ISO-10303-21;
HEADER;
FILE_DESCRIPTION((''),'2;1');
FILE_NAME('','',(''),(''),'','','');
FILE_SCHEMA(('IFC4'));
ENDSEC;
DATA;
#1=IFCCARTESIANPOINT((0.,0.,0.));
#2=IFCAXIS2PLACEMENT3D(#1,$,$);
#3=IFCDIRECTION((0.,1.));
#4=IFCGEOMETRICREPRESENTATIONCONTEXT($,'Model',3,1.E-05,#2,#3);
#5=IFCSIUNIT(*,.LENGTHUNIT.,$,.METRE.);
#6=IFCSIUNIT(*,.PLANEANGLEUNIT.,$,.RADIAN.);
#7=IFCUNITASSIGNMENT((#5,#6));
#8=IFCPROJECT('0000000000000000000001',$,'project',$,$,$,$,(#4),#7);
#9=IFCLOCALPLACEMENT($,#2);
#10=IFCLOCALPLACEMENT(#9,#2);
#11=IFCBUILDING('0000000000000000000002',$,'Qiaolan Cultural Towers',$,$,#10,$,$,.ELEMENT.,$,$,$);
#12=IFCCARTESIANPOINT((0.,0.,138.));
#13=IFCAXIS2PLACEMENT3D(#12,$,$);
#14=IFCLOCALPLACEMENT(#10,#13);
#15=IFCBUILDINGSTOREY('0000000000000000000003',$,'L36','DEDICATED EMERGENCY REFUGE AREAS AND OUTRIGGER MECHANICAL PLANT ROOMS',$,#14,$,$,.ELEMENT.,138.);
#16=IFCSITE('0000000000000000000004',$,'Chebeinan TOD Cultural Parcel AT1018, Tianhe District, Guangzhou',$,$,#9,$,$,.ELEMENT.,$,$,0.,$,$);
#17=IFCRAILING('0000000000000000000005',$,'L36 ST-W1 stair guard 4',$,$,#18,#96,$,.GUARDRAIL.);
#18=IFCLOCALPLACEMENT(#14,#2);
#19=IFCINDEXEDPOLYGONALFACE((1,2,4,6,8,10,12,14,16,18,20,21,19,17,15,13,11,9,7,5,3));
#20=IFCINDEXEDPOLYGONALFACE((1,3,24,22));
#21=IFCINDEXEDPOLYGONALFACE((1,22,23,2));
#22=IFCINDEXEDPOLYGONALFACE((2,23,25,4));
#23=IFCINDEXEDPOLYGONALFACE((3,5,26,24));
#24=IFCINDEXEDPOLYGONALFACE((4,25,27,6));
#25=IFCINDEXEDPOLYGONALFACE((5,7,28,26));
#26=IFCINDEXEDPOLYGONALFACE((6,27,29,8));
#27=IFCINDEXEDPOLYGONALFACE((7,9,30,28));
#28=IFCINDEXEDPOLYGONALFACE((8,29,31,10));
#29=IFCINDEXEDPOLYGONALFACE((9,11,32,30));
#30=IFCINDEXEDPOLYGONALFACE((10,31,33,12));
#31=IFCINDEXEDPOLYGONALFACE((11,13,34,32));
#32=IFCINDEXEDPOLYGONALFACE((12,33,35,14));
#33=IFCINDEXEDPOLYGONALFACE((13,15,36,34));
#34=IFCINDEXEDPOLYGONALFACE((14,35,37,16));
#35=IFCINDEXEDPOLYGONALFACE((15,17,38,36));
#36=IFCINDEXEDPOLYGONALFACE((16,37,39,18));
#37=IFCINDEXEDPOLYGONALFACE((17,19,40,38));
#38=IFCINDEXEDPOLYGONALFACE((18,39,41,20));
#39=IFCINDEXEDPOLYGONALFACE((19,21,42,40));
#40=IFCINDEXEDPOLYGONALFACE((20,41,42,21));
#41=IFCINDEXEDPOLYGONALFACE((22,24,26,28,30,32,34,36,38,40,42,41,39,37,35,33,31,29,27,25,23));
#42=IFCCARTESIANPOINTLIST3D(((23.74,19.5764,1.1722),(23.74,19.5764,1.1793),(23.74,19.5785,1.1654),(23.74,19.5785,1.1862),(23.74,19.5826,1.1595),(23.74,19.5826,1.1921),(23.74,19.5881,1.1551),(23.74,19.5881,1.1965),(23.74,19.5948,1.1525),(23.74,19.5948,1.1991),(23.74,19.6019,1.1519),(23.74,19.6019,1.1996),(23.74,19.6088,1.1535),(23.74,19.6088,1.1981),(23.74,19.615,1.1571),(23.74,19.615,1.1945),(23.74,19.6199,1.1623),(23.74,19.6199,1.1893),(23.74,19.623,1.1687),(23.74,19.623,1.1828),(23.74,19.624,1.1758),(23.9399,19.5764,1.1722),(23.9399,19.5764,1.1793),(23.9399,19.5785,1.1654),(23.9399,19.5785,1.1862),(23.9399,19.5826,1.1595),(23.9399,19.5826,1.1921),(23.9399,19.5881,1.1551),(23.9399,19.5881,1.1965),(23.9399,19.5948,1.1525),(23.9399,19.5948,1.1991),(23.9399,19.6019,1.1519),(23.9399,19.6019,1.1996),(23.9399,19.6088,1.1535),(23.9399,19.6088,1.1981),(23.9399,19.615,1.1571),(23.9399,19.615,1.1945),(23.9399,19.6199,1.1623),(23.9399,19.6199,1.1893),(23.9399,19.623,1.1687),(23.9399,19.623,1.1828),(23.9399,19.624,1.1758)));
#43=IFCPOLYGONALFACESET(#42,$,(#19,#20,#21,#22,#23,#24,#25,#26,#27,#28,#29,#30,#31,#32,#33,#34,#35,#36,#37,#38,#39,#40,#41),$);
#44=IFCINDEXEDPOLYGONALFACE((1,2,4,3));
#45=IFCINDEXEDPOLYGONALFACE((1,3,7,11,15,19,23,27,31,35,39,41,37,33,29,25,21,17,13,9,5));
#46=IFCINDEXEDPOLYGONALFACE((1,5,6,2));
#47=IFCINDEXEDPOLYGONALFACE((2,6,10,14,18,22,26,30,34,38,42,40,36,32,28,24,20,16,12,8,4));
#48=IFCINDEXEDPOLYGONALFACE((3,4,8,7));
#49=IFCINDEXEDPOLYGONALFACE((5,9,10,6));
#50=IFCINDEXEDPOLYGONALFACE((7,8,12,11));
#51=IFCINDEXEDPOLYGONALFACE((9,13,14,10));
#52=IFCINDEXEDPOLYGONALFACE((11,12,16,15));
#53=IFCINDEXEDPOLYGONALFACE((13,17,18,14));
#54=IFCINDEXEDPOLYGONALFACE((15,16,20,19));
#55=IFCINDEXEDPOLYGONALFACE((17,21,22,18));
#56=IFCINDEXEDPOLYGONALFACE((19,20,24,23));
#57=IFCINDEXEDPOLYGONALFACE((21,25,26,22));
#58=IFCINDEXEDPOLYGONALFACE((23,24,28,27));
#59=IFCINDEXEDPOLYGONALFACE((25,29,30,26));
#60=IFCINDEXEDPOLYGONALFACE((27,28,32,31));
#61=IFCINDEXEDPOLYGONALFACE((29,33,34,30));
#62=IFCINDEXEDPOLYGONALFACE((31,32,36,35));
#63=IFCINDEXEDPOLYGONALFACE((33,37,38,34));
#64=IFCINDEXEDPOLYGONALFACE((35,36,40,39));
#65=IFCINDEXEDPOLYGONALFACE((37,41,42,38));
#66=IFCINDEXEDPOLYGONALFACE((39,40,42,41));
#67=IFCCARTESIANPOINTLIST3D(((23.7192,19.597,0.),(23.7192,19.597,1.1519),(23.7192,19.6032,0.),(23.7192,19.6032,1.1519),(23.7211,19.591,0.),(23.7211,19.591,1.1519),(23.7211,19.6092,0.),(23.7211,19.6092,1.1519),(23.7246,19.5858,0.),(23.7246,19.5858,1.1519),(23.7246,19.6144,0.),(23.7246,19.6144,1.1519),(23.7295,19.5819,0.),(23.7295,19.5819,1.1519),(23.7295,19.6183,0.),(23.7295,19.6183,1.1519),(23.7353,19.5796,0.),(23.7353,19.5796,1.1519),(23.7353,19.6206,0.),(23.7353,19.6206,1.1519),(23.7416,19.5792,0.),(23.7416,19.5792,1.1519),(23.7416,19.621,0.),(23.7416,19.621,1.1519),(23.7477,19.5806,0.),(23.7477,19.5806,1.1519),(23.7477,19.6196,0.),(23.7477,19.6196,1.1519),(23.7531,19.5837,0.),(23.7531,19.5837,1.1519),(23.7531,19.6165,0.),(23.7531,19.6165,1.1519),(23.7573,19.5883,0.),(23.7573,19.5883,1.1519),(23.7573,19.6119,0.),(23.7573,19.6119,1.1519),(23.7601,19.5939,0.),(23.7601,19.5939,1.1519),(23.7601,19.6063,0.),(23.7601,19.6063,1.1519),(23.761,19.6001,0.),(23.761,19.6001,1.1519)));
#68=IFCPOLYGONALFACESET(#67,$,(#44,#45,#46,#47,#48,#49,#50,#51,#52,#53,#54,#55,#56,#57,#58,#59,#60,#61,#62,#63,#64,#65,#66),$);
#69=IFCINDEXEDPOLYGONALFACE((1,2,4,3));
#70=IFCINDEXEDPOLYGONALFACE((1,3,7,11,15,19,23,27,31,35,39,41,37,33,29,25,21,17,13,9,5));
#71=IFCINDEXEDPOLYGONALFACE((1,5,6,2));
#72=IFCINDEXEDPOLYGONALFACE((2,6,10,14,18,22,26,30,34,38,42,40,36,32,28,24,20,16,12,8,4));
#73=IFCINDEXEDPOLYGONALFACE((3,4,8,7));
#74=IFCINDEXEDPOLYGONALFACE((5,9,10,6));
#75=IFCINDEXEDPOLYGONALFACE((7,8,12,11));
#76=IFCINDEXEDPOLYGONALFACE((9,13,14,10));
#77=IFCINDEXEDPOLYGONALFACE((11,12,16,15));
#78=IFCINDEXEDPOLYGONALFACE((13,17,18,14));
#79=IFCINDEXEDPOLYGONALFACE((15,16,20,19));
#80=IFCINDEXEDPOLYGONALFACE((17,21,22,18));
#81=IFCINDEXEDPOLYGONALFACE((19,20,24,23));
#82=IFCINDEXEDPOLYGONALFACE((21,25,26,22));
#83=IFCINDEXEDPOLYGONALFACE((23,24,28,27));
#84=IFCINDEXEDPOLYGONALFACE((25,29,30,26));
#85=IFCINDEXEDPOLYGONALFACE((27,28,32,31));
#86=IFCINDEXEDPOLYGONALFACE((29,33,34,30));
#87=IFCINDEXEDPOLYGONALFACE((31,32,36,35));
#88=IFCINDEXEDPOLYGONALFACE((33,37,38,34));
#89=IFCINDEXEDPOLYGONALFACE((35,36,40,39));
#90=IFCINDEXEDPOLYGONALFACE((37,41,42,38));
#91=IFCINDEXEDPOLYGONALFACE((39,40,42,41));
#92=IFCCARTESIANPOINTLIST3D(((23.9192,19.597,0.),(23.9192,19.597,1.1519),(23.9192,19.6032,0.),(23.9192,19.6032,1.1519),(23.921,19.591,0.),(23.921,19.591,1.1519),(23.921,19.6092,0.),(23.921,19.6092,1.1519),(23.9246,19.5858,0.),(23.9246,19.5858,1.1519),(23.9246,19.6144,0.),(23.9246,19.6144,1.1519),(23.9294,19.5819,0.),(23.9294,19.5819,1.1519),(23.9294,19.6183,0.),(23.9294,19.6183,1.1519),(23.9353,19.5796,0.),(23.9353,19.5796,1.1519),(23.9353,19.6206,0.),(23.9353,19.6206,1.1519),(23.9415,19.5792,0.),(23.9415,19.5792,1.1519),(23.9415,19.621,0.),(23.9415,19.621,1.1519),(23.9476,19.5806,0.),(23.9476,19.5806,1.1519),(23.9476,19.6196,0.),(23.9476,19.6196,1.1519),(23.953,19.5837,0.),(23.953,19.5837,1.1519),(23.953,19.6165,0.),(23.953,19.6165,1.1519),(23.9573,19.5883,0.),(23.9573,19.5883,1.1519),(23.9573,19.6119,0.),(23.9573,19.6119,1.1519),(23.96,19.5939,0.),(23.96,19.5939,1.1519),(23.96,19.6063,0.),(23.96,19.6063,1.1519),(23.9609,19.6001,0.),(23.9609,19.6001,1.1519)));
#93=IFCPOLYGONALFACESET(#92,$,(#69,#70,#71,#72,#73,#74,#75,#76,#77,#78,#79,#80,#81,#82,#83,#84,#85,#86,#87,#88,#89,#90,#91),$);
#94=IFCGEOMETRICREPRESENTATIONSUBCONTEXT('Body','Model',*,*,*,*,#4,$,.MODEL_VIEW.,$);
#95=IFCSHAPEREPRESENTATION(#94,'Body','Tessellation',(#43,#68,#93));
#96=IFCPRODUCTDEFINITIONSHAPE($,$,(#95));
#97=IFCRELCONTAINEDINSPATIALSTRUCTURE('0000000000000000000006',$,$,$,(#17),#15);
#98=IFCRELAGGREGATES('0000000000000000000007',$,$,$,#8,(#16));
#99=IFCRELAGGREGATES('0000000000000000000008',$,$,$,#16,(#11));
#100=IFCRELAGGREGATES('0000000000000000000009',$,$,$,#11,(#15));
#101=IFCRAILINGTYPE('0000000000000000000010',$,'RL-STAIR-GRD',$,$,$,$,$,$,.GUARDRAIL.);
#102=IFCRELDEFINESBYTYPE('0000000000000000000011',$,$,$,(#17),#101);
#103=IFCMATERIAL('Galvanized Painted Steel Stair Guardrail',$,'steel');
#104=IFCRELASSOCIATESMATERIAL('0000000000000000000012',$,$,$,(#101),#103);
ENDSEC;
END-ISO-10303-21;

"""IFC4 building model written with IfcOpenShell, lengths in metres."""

from ifc_helpers import new_model, si_unit, direction, frame, origin, origin_2d, place, context, subcontext, project, spatial, circle, extrude, material, type_object, element, save


model = new_model("IFC4")

# Units and contexts
model_context = context("Model", 3, precision=1e-05, world=origin(), true_north=direction((0.0, 1.0)))
body_context = subcontext(model_context, "Body", "Model", "MODEL_VIEW")
ifc_project = project(units=[si_unit("LENGTHUNIT", "METRE"), si_unit("PLANEANGLEUNIT", "RADIAN")], contexts=[model_context])

# Site, building, storey
site_placement = place(None, origin())
site = spatial("IfcSite", under=ifc_project, at=site_placement, Name="Chebeinan TOD Cultural Parcel AT1018, Tianhe District, Guangzhou", CompositionType="ELEMENT", RefElevation=0.0)
building_placement = place(site_placement, origin())
building = spatial("IfcBuilding", under=site, at=building_placement, Name="Qiaolan Cultural Towers", CompositionType="ELEMENT")
storey_placement = place(building_placement, frame((0.0, 0.0, 138.0)))
storey = spatial("IfcBuildingStorey", under=building, at=storey_placement, Name="L36", Description="DEDICATED EMERGENCY REFUGE AREAS AND OUTRIGGER MECHANICAL PLANT ROOMS", CompositionType="ELEMENT", Elevation=138.0)

# Railing
ifc_material_1 = material(Name="Galvanized Painted Steel Stair Guardrail", Category="steel")
railing_type = type_object("IfcRailingType", Name="RL-STAIR-GRD", PredefinedType="GUARDRAIL", material=ifc_material_1)
railing_1_placement = place(storey_placement, frame((23.74, 19.6001, 0.0)))
element("IfcRailing", 1, at=railing_1_placement, inside=storey, type_object=railing_type, Name="L36 ST-W1 stair guard 4", PredefinedType="GUARDRAIL", context=body_context, shape_type="SweptSolid", body=[
    extrude(circle(Radius=0.0239, at=origin_2d()), frame((0.0, 0.0, 1.1758), z_axis=(1.0, 0.0, 0.0), x_axis=(0.0, 1.0, 0.0)), (0.0, 0.0, 1.0), 0.2),
    extrude(circle(Radius=0.021, at=origin_2d()), origin(), (0.0, 0.0, 1.0), 1.1519),
    extrude(circle(Radius=0.021, at=origin_2d()), frame((0.2, 0.0, 0.0)), (0.0, 0.0, 1.0), 1.1519),
])

save(model, "model.ifc")
